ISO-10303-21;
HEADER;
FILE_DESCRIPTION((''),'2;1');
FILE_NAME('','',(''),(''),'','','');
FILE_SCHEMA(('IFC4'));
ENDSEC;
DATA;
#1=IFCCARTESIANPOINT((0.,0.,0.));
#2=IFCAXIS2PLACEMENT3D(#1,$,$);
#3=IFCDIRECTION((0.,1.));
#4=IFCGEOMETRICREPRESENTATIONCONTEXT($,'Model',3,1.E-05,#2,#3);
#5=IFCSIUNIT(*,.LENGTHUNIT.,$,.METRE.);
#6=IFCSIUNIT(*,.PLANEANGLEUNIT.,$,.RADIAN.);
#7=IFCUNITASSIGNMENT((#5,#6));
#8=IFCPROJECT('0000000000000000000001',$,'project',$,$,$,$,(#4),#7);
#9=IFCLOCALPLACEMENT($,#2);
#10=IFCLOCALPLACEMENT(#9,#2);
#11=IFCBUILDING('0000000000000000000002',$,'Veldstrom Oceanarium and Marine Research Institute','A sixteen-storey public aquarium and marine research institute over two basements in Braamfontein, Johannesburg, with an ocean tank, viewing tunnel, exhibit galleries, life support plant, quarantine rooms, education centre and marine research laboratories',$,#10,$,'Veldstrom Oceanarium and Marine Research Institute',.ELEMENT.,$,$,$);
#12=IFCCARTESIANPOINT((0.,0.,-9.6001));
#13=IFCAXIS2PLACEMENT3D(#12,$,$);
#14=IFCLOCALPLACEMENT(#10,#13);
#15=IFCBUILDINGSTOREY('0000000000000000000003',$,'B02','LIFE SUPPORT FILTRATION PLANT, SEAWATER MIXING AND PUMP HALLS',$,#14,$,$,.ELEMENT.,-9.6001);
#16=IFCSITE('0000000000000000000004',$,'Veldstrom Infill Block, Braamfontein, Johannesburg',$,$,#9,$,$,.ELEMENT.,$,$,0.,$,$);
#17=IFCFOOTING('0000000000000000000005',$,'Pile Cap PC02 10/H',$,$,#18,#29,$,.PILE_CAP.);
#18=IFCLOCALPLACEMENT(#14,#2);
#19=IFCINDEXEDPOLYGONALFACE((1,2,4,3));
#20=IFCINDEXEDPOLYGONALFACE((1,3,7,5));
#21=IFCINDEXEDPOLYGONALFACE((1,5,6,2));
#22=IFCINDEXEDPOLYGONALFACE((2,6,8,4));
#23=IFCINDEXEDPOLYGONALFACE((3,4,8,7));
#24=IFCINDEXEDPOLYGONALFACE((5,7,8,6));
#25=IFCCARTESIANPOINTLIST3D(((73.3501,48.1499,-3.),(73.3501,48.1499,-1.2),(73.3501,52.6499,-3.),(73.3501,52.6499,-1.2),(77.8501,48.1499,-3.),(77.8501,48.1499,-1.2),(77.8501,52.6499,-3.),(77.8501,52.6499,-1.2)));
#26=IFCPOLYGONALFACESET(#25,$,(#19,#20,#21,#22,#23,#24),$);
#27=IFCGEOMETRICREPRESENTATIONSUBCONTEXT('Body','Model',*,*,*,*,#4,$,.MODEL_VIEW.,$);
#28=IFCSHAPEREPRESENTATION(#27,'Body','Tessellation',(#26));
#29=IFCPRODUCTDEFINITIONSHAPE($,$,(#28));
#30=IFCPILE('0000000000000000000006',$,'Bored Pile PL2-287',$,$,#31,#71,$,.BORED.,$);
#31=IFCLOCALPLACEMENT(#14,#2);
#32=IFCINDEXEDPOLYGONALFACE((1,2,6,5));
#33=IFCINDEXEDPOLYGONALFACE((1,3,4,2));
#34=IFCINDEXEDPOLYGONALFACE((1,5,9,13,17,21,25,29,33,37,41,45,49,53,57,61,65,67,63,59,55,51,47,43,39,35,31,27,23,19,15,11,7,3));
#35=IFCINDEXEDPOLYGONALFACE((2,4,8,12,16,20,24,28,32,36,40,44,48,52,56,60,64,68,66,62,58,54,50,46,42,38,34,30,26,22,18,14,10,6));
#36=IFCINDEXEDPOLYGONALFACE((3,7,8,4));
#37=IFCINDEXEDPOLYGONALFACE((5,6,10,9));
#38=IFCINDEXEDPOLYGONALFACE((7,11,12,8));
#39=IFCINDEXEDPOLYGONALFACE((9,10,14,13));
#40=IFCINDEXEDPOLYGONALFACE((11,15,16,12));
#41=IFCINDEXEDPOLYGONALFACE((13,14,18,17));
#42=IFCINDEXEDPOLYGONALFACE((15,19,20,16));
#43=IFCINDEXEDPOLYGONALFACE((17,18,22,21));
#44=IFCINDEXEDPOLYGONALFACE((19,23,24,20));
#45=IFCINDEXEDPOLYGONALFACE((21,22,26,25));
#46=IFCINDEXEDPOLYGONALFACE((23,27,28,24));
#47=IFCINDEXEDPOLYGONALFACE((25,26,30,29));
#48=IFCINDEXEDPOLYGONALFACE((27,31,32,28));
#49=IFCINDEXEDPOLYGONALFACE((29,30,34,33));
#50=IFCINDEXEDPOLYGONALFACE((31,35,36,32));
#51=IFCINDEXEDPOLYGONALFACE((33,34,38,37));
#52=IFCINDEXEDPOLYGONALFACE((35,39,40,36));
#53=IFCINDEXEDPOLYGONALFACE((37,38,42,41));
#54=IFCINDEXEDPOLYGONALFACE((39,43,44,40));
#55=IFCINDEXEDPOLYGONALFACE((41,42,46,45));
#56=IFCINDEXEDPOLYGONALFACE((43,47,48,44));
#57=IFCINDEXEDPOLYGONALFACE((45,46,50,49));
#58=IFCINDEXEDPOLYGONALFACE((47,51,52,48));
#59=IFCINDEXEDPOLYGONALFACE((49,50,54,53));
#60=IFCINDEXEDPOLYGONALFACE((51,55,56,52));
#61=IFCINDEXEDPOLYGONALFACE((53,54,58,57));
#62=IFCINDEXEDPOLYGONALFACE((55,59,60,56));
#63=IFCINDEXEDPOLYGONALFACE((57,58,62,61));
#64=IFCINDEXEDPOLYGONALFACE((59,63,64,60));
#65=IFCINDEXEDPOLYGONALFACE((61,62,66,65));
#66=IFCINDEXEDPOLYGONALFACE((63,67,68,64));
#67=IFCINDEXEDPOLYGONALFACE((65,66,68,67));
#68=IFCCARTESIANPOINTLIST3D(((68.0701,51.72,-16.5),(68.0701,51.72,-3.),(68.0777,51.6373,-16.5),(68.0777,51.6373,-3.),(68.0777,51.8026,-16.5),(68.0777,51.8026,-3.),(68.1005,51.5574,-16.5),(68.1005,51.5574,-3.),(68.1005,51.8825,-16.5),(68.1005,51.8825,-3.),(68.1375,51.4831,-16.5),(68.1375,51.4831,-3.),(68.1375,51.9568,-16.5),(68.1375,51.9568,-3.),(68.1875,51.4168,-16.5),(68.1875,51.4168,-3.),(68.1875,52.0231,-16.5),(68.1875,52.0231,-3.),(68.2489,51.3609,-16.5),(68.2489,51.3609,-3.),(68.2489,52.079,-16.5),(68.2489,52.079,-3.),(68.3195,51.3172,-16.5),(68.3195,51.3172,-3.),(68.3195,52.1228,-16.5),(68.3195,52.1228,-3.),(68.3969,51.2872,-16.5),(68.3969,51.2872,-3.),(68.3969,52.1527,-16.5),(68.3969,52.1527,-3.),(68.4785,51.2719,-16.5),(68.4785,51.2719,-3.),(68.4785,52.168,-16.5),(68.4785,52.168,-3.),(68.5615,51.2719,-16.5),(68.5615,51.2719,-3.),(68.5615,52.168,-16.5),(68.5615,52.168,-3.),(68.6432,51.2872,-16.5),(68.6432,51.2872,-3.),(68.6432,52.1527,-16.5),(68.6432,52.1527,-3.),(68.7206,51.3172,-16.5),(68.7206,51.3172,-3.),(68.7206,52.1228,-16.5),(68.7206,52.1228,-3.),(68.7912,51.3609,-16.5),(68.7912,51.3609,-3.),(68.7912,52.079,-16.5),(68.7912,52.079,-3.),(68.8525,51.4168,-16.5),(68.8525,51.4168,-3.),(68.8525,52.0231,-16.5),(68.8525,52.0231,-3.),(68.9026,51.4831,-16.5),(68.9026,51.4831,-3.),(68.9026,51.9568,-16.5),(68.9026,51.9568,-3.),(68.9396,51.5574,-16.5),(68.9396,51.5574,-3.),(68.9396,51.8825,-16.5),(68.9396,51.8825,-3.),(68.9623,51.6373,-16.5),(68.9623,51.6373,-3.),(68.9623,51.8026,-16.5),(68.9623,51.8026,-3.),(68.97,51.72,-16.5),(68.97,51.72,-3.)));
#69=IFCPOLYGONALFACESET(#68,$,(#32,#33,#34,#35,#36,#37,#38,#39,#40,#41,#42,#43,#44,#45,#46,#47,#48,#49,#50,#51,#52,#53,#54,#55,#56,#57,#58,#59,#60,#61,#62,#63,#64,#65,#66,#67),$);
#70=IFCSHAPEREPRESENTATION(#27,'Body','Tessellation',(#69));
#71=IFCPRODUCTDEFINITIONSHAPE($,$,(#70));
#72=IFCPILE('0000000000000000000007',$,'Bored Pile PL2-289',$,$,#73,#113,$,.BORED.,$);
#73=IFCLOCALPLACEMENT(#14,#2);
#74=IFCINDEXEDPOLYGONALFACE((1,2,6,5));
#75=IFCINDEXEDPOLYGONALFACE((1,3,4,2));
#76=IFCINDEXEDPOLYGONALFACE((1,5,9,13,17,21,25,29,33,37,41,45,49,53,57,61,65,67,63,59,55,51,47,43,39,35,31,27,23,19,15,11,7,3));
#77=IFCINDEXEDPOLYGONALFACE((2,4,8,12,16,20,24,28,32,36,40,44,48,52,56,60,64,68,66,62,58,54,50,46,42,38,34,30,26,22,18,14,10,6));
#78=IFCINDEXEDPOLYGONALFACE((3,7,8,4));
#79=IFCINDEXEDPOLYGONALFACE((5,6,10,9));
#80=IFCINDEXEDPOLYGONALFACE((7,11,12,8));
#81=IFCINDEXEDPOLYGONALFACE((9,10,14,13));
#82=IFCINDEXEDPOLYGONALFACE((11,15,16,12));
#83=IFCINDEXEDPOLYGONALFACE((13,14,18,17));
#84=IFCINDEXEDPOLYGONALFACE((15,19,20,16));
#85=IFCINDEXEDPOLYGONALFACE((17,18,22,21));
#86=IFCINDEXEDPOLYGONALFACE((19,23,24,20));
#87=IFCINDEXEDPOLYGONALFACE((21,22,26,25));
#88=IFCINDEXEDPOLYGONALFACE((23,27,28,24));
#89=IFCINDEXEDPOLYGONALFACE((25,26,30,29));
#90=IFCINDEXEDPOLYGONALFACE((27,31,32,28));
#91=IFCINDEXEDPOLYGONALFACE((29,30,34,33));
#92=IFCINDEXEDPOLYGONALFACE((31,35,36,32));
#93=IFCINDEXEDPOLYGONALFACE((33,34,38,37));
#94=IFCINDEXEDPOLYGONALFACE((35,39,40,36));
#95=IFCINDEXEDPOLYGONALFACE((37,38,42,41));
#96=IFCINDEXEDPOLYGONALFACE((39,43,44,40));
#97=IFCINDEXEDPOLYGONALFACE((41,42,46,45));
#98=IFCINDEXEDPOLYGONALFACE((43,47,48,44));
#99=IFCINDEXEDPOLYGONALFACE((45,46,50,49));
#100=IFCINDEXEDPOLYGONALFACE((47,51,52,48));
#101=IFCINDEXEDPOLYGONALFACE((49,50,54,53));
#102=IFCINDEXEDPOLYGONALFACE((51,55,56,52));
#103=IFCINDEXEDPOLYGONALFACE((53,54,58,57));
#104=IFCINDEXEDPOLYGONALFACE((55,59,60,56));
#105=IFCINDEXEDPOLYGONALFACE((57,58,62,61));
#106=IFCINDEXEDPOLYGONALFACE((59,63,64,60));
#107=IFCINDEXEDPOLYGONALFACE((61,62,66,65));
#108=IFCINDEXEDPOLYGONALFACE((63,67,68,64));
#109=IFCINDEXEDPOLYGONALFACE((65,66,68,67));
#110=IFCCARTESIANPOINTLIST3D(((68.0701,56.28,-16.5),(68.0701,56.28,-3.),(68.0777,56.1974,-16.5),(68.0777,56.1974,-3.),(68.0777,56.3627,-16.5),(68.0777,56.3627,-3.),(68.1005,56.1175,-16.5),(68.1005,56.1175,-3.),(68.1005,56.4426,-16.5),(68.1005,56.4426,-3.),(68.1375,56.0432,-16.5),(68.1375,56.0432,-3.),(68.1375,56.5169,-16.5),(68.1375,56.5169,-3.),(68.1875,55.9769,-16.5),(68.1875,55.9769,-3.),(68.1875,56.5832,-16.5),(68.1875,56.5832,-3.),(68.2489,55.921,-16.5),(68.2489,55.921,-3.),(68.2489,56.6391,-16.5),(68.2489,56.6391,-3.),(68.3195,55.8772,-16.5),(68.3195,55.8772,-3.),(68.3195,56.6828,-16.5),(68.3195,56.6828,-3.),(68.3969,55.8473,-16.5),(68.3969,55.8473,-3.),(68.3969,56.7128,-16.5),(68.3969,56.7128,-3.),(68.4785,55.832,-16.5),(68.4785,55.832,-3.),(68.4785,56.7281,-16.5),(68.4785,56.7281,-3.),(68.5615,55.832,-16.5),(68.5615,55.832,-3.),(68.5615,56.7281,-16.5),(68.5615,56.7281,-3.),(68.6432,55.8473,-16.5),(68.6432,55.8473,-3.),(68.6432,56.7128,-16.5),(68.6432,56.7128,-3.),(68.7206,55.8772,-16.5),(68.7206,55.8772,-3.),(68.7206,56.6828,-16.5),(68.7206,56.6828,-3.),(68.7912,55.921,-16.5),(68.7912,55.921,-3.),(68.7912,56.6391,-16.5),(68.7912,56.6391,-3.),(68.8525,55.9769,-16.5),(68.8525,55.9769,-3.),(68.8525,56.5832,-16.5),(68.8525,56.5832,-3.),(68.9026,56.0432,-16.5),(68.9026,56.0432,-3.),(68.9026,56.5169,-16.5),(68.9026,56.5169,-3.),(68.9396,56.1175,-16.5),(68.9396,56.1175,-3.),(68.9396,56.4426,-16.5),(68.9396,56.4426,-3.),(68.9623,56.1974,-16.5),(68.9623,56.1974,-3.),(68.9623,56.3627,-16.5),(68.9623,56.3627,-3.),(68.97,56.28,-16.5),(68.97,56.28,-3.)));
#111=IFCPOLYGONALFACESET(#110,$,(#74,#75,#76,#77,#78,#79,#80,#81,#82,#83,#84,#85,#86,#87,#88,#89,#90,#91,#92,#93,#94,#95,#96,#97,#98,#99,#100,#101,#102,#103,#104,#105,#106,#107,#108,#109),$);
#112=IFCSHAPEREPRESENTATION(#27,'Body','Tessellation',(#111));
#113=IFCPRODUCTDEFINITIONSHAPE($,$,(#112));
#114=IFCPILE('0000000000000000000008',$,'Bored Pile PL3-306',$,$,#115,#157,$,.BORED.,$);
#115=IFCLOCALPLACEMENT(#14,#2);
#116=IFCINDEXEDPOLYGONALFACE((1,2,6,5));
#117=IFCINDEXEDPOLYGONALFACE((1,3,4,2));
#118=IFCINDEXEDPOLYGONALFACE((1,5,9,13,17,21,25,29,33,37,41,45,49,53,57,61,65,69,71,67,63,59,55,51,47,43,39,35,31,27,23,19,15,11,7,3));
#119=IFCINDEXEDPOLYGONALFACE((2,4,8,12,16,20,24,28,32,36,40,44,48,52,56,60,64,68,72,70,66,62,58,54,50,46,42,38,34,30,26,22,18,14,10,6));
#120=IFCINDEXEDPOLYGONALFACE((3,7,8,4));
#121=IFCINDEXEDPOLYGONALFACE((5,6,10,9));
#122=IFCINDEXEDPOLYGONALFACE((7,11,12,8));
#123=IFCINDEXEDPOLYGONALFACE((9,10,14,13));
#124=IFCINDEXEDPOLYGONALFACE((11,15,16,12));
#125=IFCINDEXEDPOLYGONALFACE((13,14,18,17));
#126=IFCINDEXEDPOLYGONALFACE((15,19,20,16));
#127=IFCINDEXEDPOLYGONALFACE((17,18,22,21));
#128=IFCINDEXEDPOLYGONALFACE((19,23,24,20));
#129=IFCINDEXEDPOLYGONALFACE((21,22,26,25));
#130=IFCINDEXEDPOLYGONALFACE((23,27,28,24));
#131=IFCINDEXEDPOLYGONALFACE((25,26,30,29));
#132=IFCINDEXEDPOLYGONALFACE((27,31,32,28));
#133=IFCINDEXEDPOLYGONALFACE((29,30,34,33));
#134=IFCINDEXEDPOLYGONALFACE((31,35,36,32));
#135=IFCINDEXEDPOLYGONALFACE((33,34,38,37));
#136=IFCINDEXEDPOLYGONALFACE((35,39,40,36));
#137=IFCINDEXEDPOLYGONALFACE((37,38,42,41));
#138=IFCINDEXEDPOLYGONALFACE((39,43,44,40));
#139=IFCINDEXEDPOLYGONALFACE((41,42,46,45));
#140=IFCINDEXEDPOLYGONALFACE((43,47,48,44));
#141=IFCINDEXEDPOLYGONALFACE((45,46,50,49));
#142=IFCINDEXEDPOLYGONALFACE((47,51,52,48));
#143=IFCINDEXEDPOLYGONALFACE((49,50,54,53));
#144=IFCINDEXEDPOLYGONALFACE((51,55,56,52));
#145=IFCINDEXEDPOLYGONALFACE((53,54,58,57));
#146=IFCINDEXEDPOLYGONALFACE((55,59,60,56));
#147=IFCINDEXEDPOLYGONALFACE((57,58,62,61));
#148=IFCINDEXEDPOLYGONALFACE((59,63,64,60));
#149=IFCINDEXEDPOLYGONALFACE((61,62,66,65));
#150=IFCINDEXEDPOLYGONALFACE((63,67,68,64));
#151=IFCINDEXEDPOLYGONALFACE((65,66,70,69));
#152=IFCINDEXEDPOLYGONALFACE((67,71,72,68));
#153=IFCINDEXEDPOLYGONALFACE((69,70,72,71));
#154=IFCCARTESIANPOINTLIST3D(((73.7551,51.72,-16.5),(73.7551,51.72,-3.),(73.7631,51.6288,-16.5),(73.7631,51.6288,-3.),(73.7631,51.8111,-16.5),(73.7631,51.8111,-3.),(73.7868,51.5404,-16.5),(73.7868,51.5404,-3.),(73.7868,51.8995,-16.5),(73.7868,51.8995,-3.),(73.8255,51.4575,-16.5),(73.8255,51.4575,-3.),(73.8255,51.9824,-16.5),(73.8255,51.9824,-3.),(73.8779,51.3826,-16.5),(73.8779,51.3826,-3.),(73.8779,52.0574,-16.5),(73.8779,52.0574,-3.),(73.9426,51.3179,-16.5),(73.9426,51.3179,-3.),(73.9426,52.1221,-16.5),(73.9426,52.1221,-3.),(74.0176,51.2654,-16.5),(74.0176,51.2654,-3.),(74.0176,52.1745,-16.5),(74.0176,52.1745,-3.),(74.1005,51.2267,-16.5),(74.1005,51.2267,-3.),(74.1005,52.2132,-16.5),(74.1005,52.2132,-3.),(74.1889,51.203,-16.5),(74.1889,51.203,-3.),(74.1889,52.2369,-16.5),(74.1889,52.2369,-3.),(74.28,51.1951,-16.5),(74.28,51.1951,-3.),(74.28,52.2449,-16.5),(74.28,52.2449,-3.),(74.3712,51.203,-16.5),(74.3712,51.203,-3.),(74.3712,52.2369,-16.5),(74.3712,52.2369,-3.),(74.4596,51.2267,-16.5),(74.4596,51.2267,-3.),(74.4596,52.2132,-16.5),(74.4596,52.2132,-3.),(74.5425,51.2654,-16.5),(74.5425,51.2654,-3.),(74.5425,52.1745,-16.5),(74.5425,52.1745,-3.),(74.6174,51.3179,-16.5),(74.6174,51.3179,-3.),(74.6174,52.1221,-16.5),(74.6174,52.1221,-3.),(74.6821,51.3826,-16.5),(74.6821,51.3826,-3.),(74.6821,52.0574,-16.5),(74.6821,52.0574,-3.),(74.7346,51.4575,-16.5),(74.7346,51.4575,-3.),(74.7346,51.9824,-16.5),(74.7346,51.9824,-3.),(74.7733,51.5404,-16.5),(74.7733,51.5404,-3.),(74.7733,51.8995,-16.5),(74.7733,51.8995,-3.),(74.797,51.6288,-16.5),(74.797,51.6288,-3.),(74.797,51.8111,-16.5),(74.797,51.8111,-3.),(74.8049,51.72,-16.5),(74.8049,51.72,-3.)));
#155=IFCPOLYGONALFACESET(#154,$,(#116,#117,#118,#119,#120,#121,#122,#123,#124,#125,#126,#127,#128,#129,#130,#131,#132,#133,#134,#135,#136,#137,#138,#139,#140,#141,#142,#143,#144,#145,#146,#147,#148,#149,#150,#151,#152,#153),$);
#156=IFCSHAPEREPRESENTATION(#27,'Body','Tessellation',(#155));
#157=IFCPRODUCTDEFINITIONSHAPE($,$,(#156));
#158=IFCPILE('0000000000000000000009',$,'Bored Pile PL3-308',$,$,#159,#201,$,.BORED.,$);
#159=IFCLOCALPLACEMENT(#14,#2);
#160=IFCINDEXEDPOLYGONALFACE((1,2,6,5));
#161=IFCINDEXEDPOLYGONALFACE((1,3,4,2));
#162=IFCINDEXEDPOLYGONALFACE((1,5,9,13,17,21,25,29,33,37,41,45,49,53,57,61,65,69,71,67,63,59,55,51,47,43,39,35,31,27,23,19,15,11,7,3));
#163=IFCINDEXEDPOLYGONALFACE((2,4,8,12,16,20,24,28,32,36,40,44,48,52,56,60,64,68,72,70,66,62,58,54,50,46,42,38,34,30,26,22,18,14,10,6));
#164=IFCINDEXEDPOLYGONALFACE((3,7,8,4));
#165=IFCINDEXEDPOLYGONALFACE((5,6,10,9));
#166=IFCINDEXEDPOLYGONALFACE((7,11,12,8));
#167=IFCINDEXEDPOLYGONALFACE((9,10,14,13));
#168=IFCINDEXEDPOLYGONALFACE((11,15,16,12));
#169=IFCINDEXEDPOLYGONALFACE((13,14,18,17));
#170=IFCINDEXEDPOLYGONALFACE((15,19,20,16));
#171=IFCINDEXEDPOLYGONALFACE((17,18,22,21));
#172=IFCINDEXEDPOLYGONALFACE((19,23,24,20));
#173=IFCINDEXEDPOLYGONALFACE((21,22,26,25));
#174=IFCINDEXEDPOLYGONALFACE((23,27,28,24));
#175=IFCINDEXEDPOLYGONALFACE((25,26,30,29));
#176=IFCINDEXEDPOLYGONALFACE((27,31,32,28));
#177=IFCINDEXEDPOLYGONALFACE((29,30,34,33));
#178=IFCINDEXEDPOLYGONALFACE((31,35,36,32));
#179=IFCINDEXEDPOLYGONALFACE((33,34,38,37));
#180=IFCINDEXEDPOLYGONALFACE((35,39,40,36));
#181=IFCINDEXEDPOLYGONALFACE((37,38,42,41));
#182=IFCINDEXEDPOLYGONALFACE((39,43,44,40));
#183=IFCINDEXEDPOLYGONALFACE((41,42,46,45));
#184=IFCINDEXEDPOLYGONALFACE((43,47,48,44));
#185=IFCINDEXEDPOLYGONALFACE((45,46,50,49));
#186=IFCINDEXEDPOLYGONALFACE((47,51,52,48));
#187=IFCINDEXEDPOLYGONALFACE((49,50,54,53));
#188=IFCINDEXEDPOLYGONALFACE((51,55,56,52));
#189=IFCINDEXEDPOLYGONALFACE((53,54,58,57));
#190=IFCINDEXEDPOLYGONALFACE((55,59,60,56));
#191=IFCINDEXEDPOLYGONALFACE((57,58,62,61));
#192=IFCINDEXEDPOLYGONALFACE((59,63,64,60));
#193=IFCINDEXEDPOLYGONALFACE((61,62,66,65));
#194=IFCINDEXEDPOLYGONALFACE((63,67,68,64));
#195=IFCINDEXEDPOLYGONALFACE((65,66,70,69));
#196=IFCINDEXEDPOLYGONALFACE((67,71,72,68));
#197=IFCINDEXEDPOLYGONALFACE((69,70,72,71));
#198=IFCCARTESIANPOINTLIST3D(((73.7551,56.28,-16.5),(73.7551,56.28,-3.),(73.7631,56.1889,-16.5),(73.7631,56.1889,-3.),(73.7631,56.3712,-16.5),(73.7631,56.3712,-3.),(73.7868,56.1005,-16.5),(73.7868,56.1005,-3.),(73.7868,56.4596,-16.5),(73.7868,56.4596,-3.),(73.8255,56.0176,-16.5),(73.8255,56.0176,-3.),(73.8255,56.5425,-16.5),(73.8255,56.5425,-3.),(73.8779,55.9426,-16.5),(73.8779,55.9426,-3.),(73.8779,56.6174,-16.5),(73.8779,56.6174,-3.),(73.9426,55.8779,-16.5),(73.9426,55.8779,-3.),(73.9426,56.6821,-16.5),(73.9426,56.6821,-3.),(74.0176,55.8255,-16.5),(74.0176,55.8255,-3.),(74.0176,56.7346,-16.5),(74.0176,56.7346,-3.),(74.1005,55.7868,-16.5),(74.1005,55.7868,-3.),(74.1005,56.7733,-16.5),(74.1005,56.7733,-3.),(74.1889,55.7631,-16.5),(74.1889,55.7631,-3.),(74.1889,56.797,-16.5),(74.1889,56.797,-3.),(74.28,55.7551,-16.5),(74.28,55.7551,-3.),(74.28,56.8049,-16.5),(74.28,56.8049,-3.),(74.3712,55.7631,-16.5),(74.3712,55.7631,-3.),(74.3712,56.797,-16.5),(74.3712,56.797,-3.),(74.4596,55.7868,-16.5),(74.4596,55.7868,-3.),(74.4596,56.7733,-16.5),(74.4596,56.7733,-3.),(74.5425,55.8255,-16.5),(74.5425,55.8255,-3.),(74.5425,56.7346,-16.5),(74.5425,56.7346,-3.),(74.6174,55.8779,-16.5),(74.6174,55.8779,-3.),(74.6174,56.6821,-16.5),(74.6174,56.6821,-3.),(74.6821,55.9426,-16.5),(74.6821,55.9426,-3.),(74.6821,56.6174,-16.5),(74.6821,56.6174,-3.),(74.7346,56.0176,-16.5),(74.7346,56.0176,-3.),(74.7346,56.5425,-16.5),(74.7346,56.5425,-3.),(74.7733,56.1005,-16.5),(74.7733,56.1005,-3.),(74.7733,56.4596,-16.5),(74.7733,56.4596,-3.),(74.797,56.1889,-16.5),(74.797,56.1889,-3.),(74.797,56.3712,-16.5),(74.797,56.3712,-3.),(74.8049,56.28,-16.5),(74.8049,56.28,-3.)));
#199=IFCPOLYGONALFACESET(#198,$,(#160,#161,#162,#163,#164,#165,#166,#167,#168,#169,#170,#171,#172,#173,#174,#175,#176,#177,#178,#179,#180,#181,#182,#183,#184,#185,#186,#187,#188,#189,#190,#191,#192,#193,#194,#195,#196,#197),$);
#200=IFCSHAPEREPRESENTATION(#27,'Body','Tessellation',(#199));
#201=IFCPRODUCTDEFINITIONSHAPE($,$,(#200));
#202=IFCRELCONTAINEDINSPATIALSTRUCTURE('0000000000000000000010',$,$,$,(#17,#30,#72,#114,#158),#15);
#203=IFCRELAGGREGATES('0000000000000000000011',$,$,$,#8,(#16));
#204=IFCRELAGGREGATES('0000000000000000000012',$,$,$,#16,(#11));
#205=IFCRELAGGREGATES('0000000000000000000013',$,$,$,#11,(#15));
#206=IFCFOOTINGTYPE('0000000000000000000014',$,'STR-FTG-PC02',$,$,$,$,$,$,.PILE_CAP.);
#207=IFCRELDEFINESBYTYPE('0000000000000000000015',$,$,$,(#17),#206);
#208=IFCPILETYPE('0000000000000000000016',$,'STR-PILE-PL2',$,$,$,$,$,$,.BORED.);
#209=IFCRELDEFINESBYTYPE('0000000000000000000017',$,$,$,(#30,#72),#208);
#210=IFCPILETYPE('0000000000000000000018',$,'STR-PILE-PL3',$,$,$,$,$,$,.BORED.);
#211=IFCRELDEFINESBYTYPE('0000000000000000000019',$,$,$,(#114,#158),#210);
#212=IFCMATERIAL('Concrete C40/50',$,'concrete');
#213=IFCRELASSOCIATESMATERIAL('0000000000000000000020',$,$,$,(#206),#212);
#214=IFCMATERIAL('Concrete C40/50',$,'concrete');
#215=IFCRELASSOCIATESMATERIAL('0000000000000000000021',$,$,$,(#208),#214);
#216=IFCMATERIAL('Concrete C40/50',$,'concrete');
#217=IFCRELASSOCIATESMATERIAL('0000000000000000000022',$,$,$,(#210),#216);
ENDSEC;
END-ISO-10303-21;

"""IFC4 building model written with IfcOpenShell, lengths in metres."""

from ifc_helpers import new_model, si_unit, direction, frame, origin, origin_2d, place, context, subcontext, project, spatial, rectangle, circle, extrude, material, material_profile, profile_set, type_object, element, save


model = new_model("IFC4")

# Units and contexts
model_context = context("Model", 3, precision=1e-05, world=origin(), true_north=direction((0.0, 1.0)))
body_context = subcontext(model_context, "Body", "Model", "MODEL_VIEW")
ifc_project = project(units=[si_unit("LENGTHUNIT", "METRE"), si_unit("PLANEANGLEUNIT", "RADIAN")], contexts=[model_context])

# Site, building, storey
site_placement = place(None, origin())
site = spatial("IfcSite", under=ifc_project, at=site_placement, Name="Veldstrom Infill Block, Braamfontein, Johannesburg", CompositionType="ELEMENT", RefElevation=0.0)
building_placement = place(site_placement, origin())
building = spatial("IfcBuilding", under=site, at=building_placement, Name="Veldstrom Oceanarium and Marine Research Institute", Description="A sixteen-storey public aquarium and marine research institute over two basements in Braamfontein, Johannesburg, with an ocean tank, viewing tunnel, exhibit galleries, life support plant, quarantine rooms, education centre and marine research laboratories", LongName="Veldstrom Oceanarium and Marine Research Institute", CompositionType="ELEMENT")
storey_placement = place(building_placement, frame((0.0, 0.0, -9.6001)))
storey = spatial("IfcBuildingStorey", under=building, at=storey_placement, Name="B02", Description="LIFE SUPPORT FILTRATION PLANT, SEAWATER MIXING AND PUMP HALLS", CompositionType="ELEMENT", Elevation=-9.6001)

# Footing
ifc_material_1 = material(Name="Concrete C40/50", Category="concrete")
footing_type = type_object("IfcFootingType", Name="STR-FTG-PC02", PredefinedType="PILE_CAP", material=ifc_material_1)
footing_placement = place(storey_placement, frame((75.6001, 50.3999, -3.0), z_axis=(0.0, 0.0, 1.0), x_axis=(1.0, 0.0, 0.0)))
element("IfcFooting", 1, at=footing_placement, inside=storey, type_object=footing_type, Name="Pile Cap PC02 10/H", PredefinedType="PILE_CAP", context=body_context, shape_type="SweptSolid", body=[
    extrude(rectangle(XDim=4.5, YDim=4.5, at=origin_2d()), origin(), (0.0, 0.0, 1.0), 1.8),
])

# Piles
ifc_material_2 = material(Name="Concrete C40/50", Category="concrete")
ifc_material_profile_1 = material_profile(ifc_material_2, circle(Radius=0.45, at=origin_2d()), Name="PILE-D900")
ifc_profile_set_1 = profile_set([ifc_material_profile_1], Name="Concrete C40/50")
pile_type_1 = type_object("IfcPileType", Name="STR-PILE-PL2", PredefinedType="BORED", material=ifc_profile_set_1)
for number, where, z_axis, x_axis, name in (
    (2, (68.52, 51.72, -3.0), (0.0, 0.0, -1.0), (1.0, 0.0, 0.0), "Bored Pile PL2-287"),
    (3, (68.52, 56.28, -3.0), (0.0, 0.0, -1.0), (1.0, 0.0, 0.0), "Bored Pile PL2-289"),
):
    element("IfcPile", number, at=place(storey_placement, frame(where, z_axis=z_axis, x_axis=x_axis)), inside=storey, type_object=pile_type_1, Name=name, PredefinedType="BORED", context=body_context, shape_type="SweptSolid", body=[
        extrude(circle(Radius=0.45, at=origin_2d()), origin(), (0.0, 0.0, 1.0), 13.5),
    ])
ifc_material_3 = material(Name="Concrete C40/50", Category="concrete")
ifc_material_profile_2 = material_profile(ifc_material_3, circle(Radius=0.5249, at=origin_2d()), Name="PILE-D1050")
ifc_profile_set_2 = profile_set([ifc_material_profile_2], Name="Concrete C40/50")
pile_type_2 = type_object("IfcPileType", Name="STR-PILE-PL3", PredefinedType="BORED", material=ifc_profile_set_2)
for number, where, z_axis, x_axis, name in (
    (4, (74.28, 51.72, -3.0), (0.0, 0.0, -1.0), (1.0, 0.0, 0.0), "Bored Pile PL3-306"),
    (5, (74.28, 56.28, -3.0), (0.0, 0.0, -1.0), (1.0, 0.0, 0.0), "Bored Pile PL3-308"),
):
    element("IfcPile", number, at=place(storey_placement, frame(where, z_axis=z_axis, x_axis=x_axis)), inside=storey, type_object=pile_type_2, Name=name, PredefinedType="BORED", context=body_context, shape_type="SweptSolid", body=[
        extrude(circle(Radius=0.5249, at=origin_2d()), origin(), (0.0, 0.0, 1.0), 13.5),
    ])

save(model, "model.ifc")
